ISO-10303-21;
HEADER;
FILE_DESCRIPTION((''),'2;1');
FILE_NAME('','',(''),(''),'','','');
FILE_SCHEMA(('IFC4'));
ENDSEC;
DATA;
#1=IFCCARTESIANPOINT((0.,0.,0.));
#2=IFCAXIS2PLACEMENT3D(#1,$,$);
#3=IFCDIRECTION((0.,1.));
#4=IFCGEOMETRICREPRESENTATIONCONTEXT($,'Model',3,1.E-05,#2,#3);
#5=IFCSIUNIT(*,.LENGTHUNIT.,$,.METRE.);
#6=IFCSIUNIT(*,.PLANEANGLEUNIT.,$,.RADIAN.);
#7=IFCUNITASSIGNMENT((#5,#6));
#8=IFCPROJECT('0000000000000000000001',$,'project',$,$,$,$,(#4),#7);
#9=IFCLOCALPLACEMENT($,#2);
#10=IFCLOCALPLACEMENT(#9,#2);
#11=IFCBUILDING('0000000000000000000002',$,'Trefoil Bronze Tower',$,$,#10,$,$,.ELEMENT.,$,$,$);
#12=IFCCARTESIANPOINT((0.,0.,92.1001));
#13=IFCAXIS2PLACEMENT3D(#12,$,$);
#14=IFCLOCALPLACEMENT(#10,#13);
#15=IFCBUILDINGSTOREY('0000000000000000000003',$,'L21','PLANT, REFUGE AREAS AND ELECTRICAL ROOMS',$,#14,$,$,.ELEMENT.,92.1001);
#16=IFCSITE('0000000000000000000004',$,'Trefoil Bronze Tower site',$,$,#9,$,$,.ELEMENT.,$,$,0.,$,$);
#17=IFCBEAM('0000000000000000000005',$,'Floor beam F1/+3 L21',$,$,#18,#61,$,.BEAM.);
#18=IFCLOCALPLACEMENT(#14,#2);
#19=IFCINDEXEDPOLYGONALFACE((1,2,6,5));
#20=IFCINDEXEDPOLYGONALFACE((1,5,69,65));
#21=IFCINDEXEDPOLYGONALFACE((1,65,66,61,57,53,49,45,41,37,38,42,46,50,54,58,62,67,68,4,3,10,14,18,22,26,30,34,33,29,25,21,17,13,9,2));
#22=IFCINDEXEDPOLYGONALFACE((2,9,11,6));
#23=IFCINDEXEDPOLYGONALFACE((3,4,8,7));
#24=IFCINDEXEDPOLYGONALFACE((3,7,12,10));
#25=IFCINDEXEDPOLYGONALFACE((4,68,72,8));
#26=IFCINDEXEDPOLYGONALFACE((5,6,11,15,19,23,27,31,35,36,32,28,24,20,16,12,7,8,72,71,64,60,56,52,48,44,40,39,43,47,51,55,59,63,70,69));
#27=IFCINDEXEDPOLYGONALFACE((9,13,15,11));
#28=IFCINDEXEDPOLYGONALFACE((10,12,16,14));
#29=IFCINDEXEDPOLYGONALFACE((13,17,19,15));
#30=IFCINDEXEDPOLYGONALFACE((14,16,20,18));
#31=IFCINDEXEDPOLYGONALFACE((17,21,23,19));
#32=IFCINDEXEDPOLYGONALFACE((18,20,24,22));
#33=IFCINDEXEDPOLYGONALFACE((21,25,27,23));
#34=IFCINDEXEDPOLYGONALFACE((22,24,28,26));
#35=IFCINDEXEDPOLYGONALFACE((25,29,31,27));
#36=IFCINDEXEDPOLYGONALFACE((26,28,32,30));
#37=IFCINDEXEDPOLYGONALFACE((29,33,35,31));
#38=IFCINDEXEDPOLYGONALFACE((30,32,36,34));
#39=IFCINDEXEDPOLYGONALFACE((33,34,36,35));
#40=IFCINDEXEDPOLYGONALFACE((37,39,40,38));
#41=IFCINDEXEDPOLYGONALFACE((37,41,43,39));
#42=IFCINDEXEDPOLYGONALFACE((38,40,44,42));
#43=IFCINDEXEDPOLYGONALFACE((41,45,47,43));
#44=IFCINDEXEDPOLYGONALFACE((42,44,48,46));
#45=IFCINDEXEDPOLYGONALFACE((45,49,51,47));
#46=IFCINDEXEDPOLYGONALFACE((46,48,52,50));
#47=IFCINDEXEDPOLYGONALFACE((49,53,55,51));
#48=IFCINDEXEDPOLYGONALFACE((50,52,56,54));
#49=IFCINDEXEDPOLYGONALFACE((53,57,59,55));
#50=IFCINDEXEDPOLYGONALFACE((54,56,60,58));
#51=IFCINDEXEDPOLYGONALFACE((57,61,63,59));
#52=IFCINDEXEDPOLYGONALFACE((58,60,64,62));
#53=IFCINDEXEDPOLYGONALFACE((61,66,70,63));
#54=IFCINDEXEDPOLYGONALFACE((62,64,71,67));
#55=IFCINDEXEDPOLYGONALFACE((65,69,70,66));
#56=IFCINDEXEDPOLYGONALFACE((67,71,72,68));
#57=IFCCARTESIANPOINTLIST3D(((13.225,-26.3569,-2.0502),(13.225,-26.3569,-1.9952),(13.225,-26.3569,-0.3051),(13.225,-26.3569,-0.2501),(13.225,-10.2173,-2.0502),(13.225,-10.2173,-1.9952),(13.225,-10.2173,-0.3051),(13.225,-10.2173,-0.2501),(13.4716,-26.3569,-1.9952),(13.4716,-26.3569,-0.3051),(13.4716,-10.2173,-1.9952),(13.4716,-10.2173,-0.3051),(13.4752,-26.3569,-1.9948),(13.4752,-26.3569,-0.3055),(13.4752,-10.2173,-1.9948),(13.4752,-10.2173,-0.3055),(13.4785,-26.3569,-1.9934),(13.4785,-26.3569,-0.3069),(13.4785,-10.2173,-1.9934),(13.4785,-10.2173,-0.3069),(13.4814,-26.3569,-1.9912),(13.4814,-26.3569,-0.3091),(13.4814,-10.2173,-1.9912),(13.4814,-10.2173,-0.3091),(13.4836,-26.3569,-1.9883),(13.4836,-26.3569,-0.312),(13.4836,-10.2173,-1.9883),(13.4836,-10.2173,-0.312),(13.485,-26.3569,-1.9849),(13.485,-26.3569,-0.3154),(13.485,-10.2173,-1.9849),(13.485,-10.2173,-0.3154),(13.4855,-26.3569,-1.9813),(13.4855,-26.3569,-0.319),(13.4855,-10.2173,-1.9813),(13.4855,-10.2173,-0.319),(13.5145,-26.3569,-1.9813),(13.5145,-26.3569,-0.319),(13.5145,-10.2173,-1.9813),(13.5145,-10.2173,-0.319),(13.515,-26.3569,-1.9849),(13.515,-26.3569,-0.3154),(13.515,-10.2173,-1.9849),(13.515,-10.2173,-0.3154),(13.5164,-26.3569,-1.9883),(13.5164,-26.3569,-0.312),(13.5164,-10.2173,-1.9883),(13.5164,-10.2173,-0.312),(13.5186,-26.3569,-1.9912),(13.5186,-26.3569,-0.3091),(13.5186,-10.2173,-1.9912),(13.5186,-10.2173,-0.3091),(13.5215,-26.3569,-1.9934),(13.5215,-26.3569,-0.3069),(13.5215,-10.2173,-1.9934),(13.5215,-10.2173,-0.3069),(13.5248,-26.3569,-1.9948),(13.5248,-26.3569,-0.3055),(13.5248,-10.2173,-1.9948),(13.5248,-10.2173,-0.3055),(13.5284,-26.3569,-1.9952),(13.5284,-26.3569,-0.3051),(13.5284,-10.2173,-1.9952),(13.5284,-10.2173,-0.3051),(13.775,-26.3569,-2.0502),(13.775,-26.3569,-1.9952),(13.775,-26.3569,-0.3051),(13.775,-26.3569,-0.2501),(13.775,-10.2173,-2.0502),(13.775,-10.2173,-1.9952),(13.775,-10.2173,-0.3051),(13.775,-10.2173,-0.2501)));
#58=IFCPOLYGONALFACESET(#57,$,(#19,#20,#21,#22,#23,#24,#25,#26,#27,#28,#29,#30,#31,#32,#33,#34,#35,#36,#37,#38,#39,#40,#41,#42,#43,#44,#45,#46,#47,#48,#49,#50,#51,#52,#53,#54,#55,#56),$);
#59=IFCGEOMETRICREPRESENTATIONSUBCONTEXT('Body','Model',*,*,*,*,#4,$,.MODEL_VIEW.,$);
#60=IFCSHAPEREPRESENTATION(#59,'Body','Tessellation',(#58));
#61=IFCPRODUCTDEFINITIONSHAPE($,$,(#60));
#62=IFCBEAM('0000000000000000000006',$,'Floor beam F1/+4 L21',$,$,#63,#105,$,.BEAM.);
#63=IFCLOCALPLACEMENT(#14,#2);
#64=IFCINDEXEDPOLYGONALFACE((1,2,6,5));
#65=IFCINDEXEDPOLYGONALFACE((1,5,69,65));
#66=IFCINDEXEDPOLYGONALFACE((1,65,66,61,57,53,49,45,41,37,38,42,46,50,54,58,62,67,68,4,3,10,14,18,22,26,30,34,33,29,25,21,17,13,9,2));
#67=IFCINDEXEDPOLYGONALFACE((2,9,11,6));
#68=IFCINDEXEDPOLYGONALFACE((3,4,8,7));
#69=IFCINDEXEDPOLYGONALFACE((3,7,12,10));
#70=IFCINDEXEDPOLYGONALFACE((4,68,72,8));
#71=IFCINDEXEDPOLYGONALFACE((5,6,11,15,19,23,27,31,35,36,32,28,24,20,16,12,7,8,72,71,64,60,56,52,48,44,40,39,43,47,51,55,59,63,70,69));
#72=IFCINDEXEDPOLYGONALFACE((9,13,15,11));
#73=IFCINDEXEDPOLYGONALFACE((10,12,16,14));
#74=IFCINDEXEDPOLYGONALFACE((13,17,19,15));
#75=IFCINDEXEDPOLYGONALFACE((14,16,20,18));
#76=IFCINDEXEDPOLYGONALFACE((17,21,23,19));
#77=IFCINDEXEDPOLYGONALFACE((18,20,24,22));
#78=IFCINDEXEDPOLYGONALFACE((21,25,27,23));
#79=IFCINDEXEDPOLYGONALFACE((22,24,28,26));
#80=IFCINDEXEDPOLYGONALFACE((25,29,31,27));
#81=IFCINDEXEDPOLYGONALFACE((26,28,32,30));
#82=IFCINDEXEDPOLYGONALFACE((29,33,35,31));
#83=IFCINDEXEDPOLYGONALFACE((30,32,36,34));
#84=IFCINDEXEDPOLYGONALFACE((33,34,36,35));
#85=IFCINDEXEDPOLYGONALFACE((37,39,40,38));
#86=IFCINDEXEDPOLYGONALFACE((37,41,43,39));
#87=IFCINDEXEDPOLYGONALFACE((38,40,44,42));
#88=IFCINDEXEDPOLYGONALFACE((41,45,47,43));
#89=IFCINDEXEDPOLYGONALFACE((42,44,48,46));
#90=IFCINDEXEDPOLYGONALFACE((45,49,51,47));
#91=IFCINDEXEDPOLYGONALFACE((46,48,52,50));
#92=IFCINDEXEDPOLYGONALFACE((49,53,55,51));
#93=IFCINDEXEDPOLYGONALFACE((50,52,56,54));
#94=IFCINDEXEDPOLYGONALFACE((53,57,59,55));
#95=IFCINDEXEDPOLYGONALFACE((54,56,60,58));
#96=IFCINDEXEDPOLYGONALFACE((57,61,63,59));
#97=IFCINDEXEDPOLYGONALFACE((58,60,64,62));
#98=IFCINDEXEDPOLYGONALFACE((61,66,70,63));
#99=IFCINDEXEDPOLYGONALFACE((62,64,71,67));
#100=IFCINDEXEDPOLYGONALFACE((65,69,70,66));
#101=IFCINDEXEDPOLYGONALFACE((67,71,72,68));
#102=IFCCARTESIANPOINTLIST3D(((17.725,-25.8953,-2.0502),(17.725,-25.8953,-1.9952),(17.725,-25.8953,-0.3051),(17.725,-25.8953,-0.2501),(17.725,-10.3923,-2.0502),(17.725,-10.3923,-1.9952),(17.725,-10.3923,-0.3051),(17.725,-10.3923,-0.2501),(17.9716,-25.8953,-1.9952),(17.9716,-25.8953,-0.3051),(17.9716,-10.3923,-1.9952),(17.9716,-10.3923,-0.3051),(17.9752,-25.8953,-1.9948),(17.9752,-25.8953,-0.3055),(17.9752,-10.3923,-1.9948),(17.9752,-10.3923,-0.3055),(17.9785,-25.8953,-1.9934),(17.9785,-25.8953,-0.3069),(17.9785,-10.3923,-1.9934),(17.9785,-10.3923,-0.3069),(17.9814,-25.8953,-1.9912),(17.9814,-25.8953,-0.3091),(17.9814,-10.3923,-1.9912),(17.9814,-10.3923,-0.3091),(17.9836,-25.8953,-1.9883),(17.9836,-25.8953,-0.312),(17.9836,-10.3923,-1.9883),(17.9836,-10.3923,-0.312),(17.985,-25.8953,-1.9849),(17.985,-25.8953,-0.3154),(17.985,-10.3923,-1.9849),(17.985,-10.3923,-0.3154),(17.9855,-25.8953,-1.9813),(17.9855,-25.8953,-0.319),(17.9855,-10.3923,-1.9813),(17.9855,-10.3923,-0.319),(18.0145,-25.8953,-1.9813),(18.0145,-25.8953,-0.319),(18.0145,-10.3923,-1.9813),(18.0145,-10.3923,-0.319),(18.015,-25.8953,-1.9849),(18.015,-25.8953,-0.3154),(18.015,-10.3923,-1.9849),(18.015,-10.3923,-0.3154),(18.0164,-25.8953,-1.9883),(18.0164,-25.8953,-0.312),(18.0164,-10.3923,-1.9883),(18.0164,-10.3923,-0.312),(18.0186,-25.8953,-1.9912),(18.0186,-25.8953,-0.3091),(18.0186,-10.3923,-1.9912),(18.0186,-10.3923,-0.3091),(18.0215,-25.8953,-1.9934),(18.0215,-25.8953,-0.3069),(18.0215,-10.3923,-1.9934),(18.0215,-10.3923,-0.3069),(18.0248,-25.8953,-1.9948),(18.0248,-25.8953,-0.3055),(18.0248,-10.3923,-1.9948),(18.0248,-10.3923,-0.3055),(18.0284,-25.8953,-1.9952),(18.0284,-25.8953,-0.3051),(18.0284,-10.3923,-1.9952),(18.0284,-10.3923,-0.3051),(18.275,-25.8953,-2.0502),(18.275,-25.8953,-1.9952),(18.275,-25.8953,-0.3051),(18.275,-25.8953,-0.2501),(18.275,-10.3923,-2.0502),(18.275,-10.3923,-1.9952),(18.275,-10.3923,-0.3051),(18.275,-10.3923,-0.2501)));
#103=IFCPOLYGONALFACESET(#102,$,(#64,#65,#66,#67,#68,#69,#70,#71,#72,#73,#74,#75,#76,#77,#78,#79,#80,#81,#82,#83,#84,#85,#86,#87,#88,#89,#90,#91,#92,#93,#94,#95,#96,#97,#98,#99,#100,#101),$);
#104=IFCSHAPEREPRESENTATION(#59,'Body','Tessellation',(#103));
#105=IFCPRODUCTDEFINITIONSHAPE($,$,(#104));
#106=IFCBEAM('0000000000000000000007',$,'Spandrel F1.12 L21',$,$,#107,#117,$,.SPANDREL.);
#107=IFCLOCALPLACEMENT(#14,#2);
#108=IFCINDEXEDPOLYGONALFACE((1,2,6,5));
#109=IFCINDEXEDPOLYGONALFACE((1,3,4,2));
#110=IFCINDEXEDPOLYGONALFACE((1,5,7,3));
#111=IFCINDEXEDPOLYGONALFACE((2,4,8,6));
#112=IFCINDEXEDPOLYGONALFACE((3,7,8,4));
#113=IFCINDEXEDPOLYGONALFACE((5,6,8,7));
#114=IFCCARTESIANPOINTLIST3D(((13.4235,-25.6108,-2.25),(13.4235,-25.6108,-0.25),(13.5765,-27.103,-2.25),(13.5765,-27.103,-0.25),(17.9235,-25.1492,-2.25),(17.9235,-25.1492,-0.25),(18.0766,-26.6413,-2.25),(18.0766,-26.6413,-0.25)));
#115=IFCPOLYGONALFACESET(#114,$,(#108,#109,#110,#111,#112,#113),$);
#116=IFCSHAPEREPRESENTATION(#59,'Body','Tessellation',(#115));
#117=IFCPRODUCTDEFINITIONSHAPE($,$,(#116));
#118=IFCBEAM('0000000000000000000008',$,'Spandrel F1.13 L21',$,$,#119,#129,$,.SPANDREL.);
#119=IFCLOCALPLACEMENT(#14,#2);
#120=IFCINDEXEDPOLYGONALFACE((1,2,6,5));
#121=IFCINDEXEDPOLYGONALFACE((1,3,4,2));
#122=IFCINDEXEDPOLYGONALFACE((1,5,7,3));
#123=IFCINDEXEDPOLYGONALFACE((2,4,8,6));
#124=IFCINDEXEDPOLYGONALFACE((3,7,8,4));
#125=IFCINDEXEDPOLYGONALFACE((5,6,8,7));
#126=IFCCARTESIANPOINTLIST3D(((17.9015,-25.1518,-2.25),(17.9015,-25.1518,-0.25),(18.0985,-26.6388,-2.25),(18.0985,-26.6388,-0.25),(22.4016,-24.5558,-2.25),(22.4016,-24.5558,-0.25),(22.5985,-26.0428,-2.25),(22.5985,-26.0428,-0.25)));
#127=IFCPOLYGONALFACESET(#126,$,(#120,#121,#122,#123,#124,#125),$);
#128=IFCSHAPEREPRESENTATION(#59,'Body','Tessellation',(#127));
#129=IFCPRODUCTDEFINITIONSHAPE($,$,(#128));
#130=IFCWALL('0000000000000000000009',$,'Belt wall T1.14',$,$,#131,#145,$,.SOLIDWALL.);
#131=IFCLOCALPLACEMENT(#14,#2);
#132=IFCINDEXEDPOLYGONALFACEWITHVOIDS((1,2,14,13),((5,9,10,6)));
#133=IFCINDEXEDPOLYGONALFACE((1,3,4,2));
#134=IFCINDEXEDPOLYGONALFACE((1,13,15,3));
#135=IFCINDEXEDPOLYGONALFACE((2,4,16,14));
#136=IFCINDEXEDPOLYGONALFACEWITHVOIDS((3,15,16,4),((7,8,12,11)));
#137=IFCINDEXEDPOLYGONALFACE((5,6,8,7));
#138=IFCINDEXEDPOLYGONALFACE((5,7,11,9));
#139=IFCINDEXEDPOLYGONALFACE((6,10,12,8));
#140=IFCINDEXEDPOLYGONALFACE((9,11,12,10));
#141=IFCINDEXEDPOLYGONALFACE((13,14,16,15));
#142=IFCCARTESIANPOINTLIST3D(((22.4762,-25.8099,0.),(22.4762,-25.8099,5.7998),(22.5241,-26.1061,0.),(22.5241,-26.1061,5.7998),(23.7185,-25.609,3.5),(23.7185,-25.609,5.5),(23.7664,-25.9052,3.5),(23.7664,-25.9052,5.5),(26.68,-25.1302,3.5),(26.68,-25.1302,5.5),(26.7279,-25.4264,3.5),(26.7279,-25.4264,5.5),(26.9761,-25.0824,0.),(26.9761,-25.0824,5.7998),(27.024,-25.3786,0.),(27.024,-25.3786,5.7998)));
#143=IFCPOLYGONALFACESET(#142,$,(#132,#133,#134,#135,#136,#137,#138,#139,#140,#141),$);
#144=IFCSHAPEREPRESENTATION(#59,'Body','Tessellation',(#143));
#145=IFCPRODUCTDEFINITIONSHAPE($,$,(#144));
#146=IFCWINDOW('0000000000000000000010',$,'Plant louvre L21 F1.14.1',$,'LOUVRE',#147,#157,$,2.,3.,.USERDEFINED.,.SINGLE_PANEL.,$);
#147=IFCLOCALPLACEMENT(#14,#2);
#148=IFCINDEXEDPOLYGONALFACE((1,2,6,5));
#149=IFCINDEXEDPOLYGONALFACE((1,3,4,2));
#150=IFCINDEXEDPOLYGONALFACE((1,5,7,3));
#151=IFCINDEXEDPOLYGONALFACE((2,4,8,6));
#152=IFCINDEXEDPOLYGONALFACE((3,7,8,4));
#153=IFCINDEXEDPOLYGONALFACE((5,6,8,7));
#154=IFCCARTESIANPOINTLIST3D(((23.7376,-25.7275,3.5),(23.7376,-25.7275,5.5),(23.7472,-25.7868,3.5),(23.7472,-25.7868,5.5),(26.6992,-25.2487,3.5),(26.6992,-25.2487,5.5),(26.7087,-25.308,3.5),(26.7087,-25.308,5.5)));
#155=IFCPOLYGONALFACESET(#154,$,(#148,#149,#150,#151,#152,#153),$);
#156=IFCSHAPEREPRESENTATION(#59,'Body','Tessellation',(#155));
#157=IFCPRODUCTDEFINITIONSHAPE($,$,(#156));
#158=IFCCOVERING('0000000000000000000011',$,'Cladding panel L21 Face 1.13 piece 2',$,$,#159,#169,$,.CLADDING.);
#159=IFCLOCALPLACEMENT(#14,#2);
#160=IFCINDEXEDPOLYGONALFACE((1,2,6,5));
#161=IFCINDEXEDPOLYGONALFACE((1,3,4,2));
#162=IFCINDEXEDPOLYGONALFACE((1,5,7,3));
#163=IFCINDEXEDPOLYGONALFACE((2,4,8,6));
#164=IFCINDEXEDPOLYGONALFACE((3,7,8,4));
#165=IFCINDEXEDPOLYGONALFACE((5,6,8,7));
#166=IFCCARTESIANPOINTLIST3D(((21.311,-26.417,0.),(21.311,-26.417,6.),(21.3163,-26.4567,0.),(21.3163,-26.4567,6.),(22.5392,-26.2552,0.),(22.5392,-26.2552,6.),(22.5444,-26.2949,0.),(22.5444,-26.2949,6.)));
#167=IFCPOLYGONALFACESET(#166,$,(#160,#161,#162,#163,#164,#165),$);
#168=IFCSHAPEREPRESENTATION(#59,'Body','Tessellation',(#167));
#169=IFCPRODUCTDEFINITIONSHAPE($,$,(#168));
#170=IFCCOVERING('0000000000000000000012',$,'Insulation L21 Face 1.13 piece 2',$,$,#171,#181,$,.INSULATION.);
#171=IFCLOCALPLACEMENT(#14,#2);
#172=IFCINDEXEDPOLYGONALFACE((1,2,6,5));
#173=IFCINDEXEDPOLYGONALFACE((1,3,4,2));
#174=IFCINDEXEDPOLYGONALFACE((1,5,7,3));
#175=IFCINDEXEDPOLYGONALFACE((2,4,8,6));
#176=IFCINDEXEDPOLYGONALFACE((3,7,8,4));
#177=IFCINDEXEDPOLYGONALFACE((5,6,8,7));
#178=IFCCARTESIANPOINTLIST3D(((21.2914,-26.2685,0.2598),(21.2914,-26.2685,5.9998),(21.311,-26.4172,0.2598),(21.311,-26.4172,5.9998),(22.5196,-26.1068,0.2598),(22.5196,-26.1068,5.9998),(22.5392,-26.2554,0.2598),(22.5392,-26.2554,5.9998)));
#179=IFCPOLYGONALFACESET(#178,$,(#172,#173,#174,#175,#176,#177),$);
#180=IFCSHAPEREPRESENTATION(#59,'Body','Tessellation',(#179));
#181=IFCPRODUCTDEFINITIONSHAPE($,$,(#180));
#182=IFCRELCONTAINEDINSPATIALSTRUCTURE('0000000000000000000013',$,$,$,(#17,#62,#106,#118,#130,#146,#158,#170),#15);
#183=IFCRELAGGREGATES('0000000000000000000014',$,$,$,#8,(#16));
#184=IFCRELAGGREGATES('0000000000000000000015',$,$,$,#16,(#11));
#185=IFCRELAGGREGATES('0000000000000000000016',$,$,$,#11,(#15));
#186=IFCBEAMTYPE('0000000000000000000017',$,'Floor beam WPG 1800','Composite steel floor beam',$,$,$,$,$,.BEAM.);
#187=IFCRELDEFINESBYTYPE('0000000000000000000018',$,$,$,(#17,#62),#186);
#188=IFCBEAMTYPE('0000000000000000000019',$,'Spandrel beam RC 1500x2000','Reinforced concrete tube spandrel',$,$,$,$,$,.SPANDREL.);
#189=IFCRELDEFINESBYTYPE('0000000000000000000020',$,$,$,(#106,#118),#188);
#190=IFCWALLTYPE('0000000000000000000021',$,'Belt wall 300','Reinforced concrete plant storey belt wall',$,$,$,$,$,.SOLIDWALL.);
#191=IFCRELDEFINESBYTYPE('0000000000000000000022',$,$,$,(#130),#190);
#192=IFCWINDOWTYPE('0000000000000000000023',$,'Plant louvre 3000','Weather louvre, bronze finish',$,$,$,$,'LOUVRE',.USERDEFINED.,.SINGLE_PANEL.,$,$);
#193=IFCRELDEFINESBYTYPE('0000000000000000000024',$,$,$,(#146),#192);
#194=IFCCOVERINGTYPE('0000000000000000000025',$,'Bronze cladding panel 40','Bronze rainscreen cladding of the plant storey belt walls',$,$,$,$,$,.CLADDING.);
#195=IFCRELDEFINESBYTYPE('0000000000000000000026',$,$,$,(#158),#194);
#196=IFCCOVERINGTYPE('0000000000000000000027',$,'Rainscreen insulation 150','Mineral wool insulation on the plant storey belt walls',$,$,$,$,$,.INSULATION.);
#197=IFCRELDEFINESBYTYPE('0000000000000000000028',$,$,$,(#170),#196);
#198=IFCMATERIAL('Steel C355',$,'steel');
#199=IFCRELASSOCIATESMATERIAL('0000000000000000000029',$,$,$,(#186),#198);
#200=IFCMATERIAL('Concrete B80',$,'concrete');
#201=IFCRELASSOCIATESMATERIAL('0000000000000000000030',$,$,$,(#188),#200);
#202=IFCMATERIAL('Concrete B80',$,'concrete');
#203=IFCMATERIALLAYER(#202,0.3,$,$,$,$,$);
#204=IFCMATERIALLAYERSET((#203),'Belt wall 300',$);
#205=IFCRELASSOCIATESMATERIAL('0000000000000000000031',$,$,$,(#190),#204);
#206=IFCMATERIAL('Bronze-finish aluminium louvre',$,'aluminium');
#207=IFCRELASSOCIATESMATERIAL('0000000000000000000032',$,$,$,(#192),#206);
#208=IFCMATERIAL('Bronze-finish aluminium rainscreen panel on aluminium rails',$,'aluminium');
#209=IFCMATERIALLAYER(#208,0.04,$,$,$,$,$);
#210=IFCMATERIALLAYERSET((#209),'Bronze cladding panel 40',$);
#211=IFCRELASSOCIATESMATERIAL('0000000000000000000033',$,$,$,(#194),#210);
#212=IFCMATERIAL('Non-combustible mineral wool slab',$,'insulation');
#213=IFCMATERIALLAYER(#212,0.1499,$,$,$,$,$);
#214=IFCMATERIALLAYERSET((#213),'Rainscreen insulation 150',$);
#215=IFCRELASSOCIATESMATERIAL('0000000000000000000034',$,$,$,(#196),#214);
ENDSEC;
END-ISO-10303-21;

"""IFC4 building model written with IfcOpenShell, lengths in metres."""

from ifc_helpers import new_model, si_unit, direction, frame, frame_2d, origin, origin_2d, place, context, subcontext, project, spatial, rectangle, i_section, extrude, material, layer, layer_set, material_profile, profile_set, type_object, element, fill, save


model = new_model("IFC4")

# Units and contexts
model_context = context("Model", 3, precision=1e-05, world=origin(), true_north=direction((0.0, 1.0)))
body_context = subcontext(model_context, "Body", "Model", "MODEL_VIEW")
ifc_project = project(units=[si_unit("LENGTHUNIT", "METRE"), si_unit("PLANEANGLEUNIT", "RADIAN")], contexts=[model_context])

# Site, building, storey
site_placement = place(None, origin())
site = spatial("IfcSite", under=ifc_project, at=site_placement, Name="Trefoil Bronze Tower site", CompositionType="ELEMENT", RefElevation=0.0)
building_placement = place(site_placement, origin())
building = spatial("IfcBuilding", under=site, at=building_placement, Name="Trefoil Bronze Tower", CompositionType="ELEMENT")
storey_placement = place(building_placement, frame((0.0, 0.0, 92.1001)))
storey = spatial("IfcBuildingStorey", under=building, at=storey_placement, Name="L21", Description="PLANT, REFUGE AREAS AND ELECTRICAL ROOMS", CompositionType="ELEMENT", Elevation=92.1001)

# Beams
ifc_material_1 = material(Name="Steel C355", Category="steel")
ifc_material_profile_1 = material_profile(ifc_material_1, i_section(OverallWidth=0.55, OverallDepth=1.8, WebThickness=0.0291, FlangeThickness=0.0549, FilletRadius=0.0139, at=origin_2d()), Name="WPG 1800")
ifc_profile_set_1 = profile_set([ifc_material_profile_1], Name="Steel C355")
beam_type_1 = type_object("IfcBeamType", Name="Floor beam WPG 1800", Description="Composite steel floor beam", PredefinedType="BEAM", material=ifc_profile_set_1)
beam_1_placement = place(storey_placement, frame((13.5, -26.3569, -1.1501), z_axis=(0.0, 1.0, 0.0), x_axis=(-1.0, 0.0, 0.0)))
element("IfcBeam", 1, at=beam_1_placement, inside=storey, type_object=beam_type_1, Name="Floor beam F1/+3 L21", PredefinedType="BEAM", context=body_context, shape_type="SweptSolid", body=[
    extrude(i_section(OverallWidth=0.55, OverallDepth=1.8, WebThickness=0.0291, FlangeThickness=0.0549, FilletRadius=0.0139, at=origin_2d()), origin(), (0.0, 0.0, 1.0), 16.1396),
])
beam_2_placement = place(storey_placement, frame((18.0, -25.8953, -1.1501), z_axis=(0.0, 1.0, 0.0), x_axis=(-1.0, 0.0, 0.0)))
element("IfcBeam", 2, at=beam_2_placement, inside=storey, type_object=beam_type_1, Name="Floor beam F1/+4 L21", PredefinedType="BEAM", context=body_context, shape_type="SweptSolid", body=[
    extrude(i_section(OverallWidth=0.55, OverallDepth=1.8, WebThickness=0.0291, FlangeThickness=0.0549, FilletRadius=0.0139, at=origin_2d()), origin(), (0.0, 0.0, 1.0), 15.5029),
])
ifc_material_2 = material(Name="Concrete B80", Category="concrete")
ifc_material_profile_2 = material_profile(ifc_material_2, rectangle(XDim=1.5, YDim=2.0, at=origin_2d()), Name="RC 1500x2000")
ifc_profile_set_2 = profile_set([ifc_material_profile_2], Name="Concrete B80")
beam_type_2 = type_object("IfcBeamType", Name="Spandrel beam RC 1500x2000", Description="Reinforced concrete tube spandrel", PredefinedType="SPANDREL", material=ifc_profile_set_2)
beam_3_placement = place(storey_placement, frame((13.5, -26.3569, -1.25), z_axis=(0.994778, 0.102058, 0.0), x_axis=(-0.102058, 0.994778, 0.0)))
element("IfcBeam", 3, at=beam_3_placement, inside=storey, type_object=beam_type_2, Name="Spandrel F1.12 L21", PredefinedType="SPANDREL", context=body_context, shape_type="SweptSolid", body=[
    extrude(rectangle(XDim=1.5, YDim=2.0, at=origin_2d()), origin(), (0.0, 0.0, 1.0), 4.5237),
])
beam_4_placement = place(storey_placement, frame((18.0, -25.8953, -1.25), z_axis=(0.991344, 0.131286, 0.0), x_axis=(-0.131286, 0.991344, 0.0)))
element("IfcBeam", 4, at=beam_4_placement, inside=storey, type_object=beam_type_2, Name="Spandrel F1.13 L21", PredefinedType="SPANDREL", context=body_context, shape_type="SweptSolid", body=[
    extrude(rectangle(XDim=1.5, YDim=2.0, at=origin_2d()), origin(), (0.0, 0.0, 1.0), 4.5393),
])

# Wall, opening, window
ifc_material_3 = material(Name="Concrete B80", Category="concrete")
ifc_layer_1 = layer(ifc_material_3, 0.3)
ifc_layer_set_1 = layer_set([ifc_layer_1], Name="Belt wall 300")
wall_type = type_object("IfcWallType", Name="Belt wall 300", Description="Reinforced concrete plant storey belt wall", PredefinedType="SOLIDWALL", material=ifc_layer_set_1)
wall_placement = place(storey_placement, frame((22.5, -25.958, 0.0), z_axis=(0.0, 0.0, 1.0), x_axis=(0.987181, 0.159603, 0.0)))
wall = element("IfcWall", 5, at=wall_placement, inside=storey, type_object=wall_type, Name="Belt wall T1.14", PredefinedType="SOLIDWALL", context=body_context, shape_type="SweptSolid", body=[
    extrude(rectangle(XDim=4.5583, YDim=0.3, at=frame_2d((2.2793, 0.0))), origin(), (0.0, 0.0, 1.0), 5.7998),
])
opening_placement = place(wall_placement, frame((1.2585, 0.0, 3.5)))
opening = element("IfcOpeningElement", 6, at=opening_placement, cuts=wall, PredefinedType="OPENING", context=body_context, shape_type="SweptSolid", body=[
    extrude(rectangle(XDim=3.0, YDim=2.0, at=frame_2d((1.5, 1.0))), frame((0.0, 0.1599, 0.0), z_axis=(0.0, -1.0, 0.0), x_axis=(1.0, 0.0, 0.0)), (0.0, 0.0, 1.0), 0.3201),
])
ifc_material_4 = material(Name="Bronze-finish aluminium louvre", Category="aluminium")
window_type = type_object("IfcWindowType", Name="Plant louvre 3000", Description="Weather louvre, bronze finish", ElementType="LOUVRE", PartitioningType="SINGLE_PANEL", PredefinedType="USERDEFINED", material=ifc_material_4)
window_placement = place(opening_placement, origin())
window = element("IfcWindow", 7, at=window_placement, inside=storey, type_object=window_type, Name="Plant louvre L21 F1.14.1", ObjectType="LOUVRE", OverallHeight=2.0, OverallWidth=3.0, PartitioningType="SINGLE_PANEL", PredefinedType="USERDEFINED", context=body_context, shape_type="SweptSolid", body=[
    extrude(rectangle(XDim=3.0, YDim=2.0, at=frame_2d((1.5, 1.0))), frame((0.0, 0.03, 0.0), z_axis=(0.0, -1.0, 0.0), x_axis=(1.0, 0.0, 0.0)), (0.0, 0.0, 1.0), 0.0601),
])
fill(opening, window)

# Coverings
ifc_material_5 = material(Name="Bronze-finish aluminium rainscreen panel on aluminium rails", Category="aluminium")
ifc_layer_2 = layer(ifc_material_5, 0.04)
ifc_layer_set_2 = layer_set([ifc_layer_2], Name="Bronze cladding panel 40")
covering_type_1 = type_object("IfcCoveringType", Name="Bronze cladding panel 40", Description="Bronze rainscreen cladding of the plant storey belt walls", PredefinedType="CLADDING", material=ifc_layer_set_2)
covering_1_placement = place(storey_placement, frame((21.9277, -26.356, 0.0), z_axis=(0.0, 0.0, 1.0), x_axis=(0.991437, 0.130584, 0.0)))
element("IfcCovering", 8, at=covering_1_placement, inside=storey, type_object=covering_type_1, Name="Cladding panel L21 Face 1.13 piece 2", PredefinedType="CLADDING", context=body_context, shape_type="SweptSolid", body=[
    extrude(rectangle(XDim=1.2388, YDim=0.04, at=origin_2d()), origin(), (0.0, 0.0, 1.0), 6.0),
])
ifc_material_6 = material(Name="Non-combustible mineral wool slab", Category="insulation")
ifc_layer_3 = layer(ifc_material_6, 0.1499)
ifc_layer_set_3 = layer_set([ifc_layer_3], Name="Rainscreen insulation 150")
covering_type_2 = type_object("IfcCoveringType", Name="Rainscreen insulation 150", Description="Mineral wool insulation on the plant storey belt walls", PredefinedType="INSULATION", material=ifc_layer_set_3)
covering_2_placement = place(storey_placement, frame((21.9153, -26.262, 0.2598), z_axis=(0.0, 0.0, 1.0), x_axis=(0.991437, 0.130584, 0.0)))
element("IfcCovering", 9, at=covering_2_placement, inside=storey, type_object=covering_type_2, Name="Insulation L21 Face 1.13 piece 2", PredefinedType="INSULATION", context=body_context, shape_type="SweptSolid", body=[
    extrude(rectangle(XDim=1.2388, YDim=0.1499, at=origin_2d()), origin(), (0.0, 0.0, 1.0), 5.74),
])

save(model, "model.ifc")
